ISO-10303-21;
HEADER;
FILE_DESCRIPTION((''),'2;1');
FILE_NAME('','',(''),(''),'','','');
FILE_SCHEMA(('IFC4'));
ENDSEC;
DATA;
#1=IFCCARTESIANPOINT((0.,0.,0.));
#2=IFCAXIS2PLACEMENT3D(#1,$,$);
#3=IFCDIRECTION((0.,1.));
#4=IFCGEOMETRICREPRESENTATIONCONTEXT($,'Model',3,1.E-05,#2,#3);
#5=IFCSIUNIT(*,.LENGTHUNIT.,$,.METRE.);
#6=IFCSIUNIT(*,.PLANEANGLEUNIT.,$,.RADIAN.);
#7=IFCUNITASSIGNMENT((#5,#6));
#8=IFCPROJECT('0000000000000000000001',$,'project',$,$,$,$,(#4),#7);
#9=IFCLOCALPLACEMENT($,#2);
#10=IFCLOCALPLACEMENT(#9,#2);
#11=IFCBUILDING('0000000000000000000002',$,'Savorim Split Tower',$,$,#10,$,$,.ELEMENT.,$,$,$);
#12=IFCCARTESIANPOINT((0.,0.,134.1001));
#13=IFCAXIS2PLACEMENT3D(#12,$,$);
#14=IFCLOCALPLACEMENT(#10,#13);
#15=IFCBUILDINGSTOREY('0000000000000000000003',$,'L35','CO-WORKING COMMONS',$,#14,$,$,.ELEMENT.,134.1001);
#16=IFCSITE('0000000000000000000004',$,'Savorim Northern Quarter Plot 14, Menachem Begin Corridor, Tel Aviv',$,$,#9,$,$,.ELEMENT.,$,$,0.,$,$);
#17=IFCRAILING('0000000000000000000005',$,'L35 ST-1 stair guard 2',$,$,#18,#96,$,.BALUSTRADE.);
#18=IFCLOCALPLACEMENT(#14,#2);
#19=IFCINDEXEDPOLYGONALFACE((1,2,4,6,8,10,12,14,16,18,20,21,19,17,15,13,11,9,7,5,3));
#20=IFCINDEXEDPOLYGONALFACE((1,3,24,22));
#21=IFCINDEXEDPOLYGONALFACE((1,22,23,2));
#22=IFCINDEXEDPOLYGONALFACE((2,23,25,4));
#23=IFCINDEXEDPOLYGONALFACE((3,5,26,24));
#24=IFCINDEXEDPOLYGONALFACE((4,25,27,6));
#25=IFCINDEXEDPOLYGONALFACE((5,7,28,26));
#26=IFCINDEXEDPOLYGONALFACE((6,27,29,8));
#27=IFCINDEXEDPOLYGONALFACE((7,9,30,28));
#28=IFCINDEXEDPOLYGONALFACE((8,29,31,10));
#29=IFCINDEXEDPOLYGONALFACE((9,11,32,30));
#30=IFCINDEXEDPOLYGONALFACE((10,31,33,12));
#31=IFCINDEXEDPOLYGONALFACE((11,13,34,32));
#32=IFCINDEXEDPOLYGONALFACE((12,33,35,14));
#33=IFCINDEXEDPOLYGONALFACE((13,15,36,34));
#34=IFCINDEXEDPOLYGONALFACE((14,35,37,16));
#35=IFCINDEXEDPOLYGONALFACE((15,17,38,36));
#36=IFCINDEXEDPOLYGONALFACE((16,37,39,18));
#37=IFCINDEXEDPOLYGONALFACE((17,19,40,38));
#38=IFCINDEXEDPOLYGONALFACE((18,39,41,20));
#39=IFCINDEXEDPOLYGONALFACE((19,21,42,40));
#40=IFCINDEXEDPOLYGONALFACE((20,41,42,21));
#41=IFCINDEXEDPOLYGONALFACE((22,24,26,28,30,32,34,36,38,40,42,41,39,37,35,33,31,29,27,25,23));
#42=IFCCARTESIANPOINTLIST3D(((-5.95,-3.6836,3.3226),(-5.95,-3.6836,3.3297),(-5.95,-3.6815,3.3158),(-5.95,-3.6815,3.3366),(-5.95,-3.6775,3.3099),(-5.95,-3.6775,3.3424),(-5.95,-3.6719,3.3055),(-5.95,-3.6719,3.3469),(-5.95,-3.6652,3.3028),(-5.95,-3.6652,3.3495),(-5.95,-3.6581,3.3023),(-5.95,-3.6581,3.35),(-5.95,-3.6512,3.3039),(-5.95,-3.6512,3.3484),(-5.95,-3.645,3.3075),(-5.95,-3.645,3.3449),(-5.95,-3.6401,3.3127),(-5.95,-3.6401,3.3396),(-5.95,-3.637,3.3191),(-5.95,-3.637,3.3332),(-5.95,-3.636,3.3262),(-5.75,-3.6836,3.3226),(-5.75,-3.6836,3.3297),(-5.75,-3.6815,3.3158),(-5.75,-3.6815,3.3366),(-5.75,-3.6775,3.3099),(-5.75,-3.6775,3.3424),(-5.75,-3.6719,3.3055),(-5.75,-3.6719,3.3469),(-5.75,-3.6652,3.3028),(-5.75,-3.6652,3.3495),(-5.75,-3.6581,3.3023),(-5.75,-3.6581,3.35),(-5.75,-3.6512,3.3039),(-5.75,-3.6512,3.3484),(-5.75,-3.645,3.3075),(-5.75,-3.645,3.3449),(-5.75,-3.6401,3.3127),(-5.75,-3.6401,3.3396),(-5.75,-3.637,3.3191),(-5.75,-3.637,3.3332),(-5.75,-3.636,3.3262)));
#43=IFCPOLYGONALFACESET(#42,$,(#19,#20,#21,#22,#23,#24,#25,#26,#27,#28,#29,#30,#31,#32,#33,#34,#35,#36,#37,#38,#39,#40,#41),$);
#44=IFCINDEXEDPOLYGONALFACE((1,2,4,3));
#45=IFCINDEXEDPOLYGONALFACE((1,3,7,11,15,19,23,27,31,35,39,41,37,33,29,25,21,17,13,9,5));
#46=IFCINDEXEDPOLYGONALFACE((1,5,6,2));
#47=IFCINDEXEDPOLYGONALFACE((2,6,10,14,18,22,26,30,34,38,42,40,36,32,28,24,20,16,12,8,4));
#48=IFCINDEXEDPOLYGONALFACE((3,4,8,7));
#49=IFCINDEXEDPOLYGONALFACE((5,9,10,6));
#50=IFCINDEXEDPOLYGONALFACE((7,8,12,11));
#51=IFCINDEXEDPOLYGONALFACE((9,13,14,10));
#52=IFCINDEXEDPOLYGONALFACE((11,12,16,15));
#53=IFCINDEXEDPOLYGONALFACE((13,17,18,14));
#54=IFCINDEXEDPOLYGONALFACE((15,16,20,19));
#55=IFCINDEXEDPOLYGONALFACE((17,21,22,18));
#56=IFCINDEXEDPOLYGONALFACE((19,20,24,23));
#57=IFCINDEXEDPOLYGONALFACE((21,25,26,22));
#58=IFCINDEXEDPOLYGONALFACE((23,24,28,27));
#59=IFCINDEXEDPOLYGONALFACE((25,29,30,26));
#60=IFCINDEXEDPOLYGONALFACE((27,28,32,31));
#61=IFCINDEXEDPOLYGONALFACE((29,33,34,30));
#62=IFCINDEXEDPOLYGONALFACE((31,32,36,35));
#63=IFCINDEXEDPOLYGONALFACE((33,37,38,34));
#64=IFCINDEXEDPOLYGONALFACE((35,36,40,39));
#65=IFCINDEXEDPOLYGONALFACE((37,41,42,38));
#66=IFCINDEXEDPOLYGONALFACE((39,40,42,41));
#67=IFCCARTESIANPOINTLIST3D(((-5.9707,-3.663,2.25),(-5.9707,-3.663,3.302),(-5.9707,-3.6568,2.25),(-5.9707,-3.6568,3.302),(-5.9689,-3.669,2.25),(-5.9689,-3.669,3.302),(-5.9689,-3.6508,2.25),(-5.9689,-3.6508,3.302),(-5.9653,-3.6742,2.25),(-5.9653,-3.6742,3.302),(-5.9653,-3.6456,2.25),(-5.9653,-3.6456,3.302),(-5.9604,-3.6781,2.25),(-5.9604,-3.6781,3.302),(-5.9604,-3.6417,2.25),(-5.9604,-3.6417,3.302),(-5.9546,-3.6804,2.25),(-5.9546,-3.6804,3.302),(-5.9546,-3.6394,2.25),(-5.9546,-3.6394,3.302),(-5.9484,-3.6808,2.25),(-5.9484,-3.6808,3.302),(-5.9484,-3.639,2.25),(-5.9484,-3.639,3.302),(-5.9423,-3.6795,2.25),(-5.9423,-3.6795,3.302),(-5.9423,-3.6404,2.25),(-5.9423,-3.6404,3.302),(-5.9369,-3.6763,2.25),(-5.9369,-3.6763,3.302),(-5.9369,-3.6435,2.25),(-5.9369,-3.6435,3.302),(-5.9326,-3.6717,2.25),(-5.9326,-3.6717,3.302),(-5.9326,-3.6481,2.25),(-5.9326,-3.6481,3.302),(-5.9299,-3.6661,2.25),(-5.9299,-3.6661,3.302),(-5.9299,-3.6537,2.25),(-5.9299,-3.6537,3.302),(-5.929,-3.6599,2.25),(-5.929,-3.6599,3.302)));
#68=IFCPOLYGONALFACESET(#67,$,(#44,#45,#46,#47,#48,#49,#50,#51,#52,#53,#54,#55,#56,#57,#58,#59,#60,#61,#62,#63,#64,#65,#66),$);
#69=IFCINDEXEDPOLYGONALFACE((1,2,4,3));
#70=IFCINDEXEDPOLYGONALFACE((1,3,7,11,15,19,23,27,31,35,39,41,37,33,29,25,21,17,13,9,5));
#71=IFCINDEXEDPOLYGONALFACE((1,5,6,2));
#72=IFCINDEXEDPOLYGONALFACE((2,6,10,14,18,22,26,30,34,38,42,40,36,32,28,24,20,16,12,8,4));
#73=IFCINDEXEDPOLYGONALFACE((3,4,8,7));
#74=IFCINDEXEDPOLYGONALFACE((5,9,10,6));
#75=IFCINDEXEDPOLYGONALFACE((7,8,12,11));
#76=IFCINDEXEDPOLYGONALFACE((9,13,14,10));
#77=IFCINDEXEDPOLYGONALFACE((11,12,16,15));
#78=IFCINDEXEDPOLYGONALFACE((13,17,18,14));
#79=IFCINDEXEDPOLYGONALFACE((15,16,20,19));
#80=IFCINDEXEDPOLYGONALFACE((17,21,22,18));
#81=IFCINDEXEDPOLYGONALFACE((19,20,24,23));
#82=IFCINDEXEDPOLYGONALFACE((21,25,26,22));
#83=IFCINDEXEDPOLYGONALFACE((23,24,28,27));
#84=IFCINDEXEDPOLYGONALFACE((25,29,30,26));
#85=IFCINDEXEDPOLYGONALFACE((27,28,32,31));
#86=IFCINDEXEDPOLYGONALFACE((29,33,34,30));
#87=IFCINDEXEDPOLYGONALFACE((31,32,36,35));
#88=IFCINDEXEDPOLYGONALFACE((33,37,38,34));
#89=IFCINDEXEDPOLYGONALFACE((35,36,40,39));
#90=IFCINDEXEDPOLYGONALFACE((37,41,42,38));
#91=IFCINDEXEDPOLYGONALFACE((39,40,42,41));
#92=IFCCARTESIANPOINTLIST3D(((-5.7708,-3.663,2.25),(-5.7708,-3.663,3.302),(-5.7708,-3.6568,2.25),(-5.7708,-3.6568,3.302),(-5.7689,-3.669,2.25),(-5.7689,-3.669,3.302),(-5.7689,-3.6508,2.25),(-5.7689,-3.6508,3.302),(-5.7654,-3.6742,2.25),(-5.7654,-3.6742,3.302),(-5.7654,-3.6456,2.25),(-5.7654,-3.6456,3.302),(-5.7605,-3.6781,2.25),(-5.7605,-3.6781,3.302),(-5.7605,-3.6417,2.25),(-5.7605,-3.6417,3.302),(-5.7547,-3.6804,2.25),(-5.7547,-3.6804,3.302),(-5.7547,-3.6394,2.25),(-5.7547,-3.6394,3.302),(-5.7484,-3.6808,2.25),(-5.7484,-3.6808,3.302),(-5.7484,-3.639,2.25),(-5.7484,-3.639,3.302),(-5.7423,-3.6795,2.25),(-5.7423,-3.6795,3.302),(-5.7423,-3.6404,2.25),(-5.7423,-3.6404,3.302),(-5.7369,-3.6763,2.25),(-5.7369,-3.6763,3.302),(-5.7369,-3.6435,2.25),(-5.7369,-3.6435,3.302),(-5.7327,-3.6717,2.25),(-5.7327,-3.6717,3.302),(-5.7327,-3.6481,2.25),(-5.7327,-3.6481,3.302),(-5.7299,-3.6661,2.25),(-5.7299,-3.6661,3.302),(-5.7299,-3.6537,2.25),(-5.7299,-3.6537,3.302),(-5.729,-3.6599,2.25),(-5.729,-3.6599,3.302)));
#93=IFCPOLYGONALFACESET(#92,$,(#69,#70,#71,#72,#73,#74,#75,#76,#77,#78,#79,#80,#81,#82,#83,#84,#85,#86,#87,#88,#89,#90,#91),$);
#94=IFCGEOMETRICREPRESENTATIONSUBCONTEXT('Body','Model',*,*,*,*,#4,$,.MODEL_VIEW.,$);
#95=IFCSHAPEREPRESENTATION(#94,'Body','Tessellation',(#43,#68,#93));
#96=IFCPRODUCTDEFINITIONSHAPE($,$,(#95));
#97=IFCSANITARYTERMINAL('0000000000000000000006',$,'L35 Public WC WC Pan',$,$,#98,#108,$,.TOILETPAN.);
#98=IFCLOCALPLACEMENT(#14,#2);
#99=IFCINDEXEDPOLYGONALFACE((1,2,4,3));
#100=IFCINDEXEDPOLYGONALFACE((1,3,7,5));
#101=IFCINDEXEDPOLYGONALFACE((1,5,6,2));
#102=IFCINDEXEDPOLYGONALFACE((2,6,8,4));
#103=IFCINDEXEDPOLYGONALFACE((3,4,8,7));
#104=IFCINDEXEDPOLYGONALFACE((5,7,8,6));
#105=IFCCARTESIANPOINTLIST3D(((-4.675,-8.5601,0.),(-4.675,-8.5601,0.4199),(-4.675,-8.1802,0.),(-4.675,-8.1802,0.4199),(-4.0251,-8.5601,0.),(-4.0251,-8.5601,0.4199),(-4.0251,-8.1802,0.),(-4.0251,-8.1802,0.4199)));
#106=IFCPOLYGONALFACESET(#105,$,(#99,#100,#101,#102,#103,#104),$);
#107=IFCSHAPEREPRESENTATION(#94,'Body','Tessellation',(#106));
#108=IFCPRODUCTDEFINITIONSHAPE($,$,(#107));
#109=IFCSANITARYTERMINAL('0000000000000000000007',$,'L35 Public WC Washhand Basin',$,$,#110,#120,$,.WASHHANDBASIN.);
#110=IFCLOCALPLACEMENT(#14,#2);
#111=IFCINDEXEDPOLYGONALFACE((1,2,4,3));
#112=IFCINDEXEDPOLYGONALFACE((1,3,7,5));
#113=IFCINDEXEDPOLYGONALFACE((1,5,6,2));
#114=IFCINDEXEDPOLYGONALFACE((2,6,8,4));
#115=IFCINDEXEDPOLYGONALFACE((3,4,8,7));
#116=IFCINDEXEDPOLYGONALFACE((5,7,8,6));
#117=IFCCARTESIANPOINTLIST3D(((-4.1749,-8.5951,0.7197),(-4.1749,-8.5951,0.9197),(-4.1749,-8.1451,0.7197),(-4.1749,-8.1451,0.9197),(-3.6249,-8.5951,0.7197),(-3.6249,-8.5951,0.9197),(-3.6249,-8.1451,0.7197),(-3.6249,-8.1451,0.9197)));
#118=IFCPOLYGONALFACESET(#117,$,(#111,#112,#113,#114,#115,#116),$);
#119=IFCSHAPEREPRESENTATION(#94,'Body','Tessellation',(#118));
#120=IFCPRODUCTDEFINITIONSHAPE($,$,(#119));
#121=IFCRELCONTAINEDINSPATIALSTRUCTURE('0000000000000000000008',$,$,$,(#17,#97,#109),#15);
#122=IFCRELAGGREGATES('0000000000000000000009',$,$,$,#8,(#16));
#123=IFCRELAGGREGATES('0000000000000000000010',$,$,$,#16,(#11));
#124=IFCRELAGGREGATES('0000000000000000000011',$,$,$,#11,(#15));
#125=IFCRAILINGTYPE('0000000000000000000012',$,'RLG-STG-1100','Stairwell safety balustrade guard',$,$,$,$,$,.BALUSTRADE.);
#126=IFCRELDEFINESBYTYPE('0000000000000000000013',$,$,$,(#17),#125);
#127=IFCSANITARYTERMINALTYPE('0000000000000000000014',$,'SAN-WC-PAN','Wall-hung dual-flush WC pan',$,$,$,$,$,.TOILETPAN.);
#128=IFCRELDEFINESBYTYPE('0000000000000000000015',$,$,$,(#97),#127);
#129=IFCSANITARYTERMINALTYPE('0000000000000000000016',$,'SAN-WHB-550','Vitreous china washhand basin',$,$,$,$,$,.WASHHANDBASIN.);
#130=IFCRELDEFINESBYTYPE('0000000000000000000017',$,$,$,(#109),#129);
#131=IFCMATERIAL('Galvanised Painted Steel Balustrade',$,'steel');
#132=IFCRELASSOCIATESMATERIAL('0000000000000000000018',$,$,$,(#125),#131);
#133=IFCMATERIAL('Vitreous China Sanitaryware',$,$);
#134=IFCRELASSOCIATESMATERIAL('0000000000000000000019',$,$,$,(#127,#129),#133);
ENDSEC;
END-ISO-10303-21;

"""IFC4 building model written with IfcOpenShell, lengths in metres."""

from ifc_helpers import new_model, si_unit, direction, frame, origin, origin_2d, place, context, subcontext, project, spatial, rectangle, circle, extrude, material, type_object, element, save


model = new_model("IFC4")

# Units and contexts
model_context = context("Model", 3, precision=1e-05, world=origin(), true_north=direction((0.0, 1.0)))
body_context = subcontext(model_context, "Body", "Model", "MODEL_VIEW")
ifc_project = project(units=[si_unit("LENGTHUNIT", "METRE"), si_unit("PLANEANGLEUNIT", "RADIAN")], contexts=[model_context])

# Site, building, storey
site_placement = place(None, origin())
site = spatial("IfcSite", under=ifc_project, at=site_placement, Name="Savorim Northern Quarter Plot 14, Menachem Begin Corridor, Tel Aviv", CompositionType="ELEMENT", RefElevation=0.0)
building_placement = place(site_placement, origin())
building = spatial("IfcBuilding", under=site, at=building_placement, Name="Savorim Split Tower", CompositionType="ELEMENT")
storey_placement = place(building_placement, frame((0.0, 0.0, 134.1001)))
storey = spatial("IfcBuildingStorey", under=building, at=storey_placement, Name="L35", Description="CO-WORKING COMMONS", CompositionType="ELEMENT", Elevation=134.1001)

# Railing
ifc_material_1 = material(Name="Galvanised Painted Steel Balustrade", Category="steel")
railing_type_1 = type_object("IfcRailingType", Name="RLG-STG-1100", Description="Stairwell safety balustrade guard", PredefinedType="BALUSTRADE", material=ifc_material_1)
railing_1_placement = place(storey_placement, frame((-5.95, -3.6599, 2.25)))
element("IfcRailing", 1, at=railing_1_placement, inside=storey, type_object=railing_type_1, Name="L35 ST-1 stair guard 2", PredefinedType="BALUSTRADE", context=body_context, shape_type="SweptSolid", body=[
    extrude(circle(Radius=0.0239, at=origin_2d()), frame((0.0, 0.0, 1.0762), z_axis=(1.0, 0.0, 0.0), x_axis=(0.0, 1.0, 0.0)), (0.0, 0.0, 1.0), 0.2),
    extrude(circle(Radius=0.021, at=origin_2d()), origin(), (0.0, 0.0, 1.0), 1.052),
    extrude(circle(Radius=0.021, at=origin_2d()), frame((0.2, 0.0, 0.0)), (0.0, 0.0, 1.0), 1.052),
])

# Sanitary terminals
ifc_material_2 = material(Name="Vitreous China Sanitaryware")
sanitary_terminal_type_1 = type_object("IfcSanitaryTerminalType", Name="SAN-WC-PAN", Description="Wall-hung dual-flush WC pan", PredefinedType="TOILETPAN", material=ifc_material_2)
sanitary_terminal_1_placement = place(storey_placement, frame((-4.3501, -8.3701, 0.0), z_axis=(0.0, 0.0, 1.0), x_axis=(1.0, 0.0, 0.0)))
element("IfcSanitaryTerminal", 2, at=sanitary_terminal_1_placement, inside=storey, type_object=sanitary_terminal_type_1, Name="L35 Public WC WC Pan", PredefinedType="TOILETPAN", context=body_context, shape_type="SweptSolid", body=[
    extrude(rectangle(XDim=0.6499, YDim=0.3799, at=origin_2d()), origin(), (0.0, 0.0, 1.0), 0.4199),
])
sanitary_terminal_type_2 = type_object("IfcSanitaryTerminalType", Name="SAN-WHB-550", Description="Vitreous china washhand basin", PredefinedType="WASHHANDBASIN", material=ifc_material_2)
sanitary_terminal_2_placement = place(storey_placement, frame((-3.8999, -8.3701, 0.7197), z_axis=(0.0, 0.0, 1.0), x_axis=(1.0, 0.0, 0.0)))
element("IfcSanitaryTerminal", 3, at=sanitary_terminal_2_placement, inside=storey, type_object=sanitary_terminal_type_2, Name="L35 Public WC Washhand Basin", PredefinedType="WASHHANDBASIN", context=body_context, shape_type="SweptSolid", body=[
    extrude(rectangle(XDim=0.55, YDim=0.45, at=origin_2d()), origin(), (0.0, 0.0, 1.0), 0.2),
])

save(model, "model.ifc")
